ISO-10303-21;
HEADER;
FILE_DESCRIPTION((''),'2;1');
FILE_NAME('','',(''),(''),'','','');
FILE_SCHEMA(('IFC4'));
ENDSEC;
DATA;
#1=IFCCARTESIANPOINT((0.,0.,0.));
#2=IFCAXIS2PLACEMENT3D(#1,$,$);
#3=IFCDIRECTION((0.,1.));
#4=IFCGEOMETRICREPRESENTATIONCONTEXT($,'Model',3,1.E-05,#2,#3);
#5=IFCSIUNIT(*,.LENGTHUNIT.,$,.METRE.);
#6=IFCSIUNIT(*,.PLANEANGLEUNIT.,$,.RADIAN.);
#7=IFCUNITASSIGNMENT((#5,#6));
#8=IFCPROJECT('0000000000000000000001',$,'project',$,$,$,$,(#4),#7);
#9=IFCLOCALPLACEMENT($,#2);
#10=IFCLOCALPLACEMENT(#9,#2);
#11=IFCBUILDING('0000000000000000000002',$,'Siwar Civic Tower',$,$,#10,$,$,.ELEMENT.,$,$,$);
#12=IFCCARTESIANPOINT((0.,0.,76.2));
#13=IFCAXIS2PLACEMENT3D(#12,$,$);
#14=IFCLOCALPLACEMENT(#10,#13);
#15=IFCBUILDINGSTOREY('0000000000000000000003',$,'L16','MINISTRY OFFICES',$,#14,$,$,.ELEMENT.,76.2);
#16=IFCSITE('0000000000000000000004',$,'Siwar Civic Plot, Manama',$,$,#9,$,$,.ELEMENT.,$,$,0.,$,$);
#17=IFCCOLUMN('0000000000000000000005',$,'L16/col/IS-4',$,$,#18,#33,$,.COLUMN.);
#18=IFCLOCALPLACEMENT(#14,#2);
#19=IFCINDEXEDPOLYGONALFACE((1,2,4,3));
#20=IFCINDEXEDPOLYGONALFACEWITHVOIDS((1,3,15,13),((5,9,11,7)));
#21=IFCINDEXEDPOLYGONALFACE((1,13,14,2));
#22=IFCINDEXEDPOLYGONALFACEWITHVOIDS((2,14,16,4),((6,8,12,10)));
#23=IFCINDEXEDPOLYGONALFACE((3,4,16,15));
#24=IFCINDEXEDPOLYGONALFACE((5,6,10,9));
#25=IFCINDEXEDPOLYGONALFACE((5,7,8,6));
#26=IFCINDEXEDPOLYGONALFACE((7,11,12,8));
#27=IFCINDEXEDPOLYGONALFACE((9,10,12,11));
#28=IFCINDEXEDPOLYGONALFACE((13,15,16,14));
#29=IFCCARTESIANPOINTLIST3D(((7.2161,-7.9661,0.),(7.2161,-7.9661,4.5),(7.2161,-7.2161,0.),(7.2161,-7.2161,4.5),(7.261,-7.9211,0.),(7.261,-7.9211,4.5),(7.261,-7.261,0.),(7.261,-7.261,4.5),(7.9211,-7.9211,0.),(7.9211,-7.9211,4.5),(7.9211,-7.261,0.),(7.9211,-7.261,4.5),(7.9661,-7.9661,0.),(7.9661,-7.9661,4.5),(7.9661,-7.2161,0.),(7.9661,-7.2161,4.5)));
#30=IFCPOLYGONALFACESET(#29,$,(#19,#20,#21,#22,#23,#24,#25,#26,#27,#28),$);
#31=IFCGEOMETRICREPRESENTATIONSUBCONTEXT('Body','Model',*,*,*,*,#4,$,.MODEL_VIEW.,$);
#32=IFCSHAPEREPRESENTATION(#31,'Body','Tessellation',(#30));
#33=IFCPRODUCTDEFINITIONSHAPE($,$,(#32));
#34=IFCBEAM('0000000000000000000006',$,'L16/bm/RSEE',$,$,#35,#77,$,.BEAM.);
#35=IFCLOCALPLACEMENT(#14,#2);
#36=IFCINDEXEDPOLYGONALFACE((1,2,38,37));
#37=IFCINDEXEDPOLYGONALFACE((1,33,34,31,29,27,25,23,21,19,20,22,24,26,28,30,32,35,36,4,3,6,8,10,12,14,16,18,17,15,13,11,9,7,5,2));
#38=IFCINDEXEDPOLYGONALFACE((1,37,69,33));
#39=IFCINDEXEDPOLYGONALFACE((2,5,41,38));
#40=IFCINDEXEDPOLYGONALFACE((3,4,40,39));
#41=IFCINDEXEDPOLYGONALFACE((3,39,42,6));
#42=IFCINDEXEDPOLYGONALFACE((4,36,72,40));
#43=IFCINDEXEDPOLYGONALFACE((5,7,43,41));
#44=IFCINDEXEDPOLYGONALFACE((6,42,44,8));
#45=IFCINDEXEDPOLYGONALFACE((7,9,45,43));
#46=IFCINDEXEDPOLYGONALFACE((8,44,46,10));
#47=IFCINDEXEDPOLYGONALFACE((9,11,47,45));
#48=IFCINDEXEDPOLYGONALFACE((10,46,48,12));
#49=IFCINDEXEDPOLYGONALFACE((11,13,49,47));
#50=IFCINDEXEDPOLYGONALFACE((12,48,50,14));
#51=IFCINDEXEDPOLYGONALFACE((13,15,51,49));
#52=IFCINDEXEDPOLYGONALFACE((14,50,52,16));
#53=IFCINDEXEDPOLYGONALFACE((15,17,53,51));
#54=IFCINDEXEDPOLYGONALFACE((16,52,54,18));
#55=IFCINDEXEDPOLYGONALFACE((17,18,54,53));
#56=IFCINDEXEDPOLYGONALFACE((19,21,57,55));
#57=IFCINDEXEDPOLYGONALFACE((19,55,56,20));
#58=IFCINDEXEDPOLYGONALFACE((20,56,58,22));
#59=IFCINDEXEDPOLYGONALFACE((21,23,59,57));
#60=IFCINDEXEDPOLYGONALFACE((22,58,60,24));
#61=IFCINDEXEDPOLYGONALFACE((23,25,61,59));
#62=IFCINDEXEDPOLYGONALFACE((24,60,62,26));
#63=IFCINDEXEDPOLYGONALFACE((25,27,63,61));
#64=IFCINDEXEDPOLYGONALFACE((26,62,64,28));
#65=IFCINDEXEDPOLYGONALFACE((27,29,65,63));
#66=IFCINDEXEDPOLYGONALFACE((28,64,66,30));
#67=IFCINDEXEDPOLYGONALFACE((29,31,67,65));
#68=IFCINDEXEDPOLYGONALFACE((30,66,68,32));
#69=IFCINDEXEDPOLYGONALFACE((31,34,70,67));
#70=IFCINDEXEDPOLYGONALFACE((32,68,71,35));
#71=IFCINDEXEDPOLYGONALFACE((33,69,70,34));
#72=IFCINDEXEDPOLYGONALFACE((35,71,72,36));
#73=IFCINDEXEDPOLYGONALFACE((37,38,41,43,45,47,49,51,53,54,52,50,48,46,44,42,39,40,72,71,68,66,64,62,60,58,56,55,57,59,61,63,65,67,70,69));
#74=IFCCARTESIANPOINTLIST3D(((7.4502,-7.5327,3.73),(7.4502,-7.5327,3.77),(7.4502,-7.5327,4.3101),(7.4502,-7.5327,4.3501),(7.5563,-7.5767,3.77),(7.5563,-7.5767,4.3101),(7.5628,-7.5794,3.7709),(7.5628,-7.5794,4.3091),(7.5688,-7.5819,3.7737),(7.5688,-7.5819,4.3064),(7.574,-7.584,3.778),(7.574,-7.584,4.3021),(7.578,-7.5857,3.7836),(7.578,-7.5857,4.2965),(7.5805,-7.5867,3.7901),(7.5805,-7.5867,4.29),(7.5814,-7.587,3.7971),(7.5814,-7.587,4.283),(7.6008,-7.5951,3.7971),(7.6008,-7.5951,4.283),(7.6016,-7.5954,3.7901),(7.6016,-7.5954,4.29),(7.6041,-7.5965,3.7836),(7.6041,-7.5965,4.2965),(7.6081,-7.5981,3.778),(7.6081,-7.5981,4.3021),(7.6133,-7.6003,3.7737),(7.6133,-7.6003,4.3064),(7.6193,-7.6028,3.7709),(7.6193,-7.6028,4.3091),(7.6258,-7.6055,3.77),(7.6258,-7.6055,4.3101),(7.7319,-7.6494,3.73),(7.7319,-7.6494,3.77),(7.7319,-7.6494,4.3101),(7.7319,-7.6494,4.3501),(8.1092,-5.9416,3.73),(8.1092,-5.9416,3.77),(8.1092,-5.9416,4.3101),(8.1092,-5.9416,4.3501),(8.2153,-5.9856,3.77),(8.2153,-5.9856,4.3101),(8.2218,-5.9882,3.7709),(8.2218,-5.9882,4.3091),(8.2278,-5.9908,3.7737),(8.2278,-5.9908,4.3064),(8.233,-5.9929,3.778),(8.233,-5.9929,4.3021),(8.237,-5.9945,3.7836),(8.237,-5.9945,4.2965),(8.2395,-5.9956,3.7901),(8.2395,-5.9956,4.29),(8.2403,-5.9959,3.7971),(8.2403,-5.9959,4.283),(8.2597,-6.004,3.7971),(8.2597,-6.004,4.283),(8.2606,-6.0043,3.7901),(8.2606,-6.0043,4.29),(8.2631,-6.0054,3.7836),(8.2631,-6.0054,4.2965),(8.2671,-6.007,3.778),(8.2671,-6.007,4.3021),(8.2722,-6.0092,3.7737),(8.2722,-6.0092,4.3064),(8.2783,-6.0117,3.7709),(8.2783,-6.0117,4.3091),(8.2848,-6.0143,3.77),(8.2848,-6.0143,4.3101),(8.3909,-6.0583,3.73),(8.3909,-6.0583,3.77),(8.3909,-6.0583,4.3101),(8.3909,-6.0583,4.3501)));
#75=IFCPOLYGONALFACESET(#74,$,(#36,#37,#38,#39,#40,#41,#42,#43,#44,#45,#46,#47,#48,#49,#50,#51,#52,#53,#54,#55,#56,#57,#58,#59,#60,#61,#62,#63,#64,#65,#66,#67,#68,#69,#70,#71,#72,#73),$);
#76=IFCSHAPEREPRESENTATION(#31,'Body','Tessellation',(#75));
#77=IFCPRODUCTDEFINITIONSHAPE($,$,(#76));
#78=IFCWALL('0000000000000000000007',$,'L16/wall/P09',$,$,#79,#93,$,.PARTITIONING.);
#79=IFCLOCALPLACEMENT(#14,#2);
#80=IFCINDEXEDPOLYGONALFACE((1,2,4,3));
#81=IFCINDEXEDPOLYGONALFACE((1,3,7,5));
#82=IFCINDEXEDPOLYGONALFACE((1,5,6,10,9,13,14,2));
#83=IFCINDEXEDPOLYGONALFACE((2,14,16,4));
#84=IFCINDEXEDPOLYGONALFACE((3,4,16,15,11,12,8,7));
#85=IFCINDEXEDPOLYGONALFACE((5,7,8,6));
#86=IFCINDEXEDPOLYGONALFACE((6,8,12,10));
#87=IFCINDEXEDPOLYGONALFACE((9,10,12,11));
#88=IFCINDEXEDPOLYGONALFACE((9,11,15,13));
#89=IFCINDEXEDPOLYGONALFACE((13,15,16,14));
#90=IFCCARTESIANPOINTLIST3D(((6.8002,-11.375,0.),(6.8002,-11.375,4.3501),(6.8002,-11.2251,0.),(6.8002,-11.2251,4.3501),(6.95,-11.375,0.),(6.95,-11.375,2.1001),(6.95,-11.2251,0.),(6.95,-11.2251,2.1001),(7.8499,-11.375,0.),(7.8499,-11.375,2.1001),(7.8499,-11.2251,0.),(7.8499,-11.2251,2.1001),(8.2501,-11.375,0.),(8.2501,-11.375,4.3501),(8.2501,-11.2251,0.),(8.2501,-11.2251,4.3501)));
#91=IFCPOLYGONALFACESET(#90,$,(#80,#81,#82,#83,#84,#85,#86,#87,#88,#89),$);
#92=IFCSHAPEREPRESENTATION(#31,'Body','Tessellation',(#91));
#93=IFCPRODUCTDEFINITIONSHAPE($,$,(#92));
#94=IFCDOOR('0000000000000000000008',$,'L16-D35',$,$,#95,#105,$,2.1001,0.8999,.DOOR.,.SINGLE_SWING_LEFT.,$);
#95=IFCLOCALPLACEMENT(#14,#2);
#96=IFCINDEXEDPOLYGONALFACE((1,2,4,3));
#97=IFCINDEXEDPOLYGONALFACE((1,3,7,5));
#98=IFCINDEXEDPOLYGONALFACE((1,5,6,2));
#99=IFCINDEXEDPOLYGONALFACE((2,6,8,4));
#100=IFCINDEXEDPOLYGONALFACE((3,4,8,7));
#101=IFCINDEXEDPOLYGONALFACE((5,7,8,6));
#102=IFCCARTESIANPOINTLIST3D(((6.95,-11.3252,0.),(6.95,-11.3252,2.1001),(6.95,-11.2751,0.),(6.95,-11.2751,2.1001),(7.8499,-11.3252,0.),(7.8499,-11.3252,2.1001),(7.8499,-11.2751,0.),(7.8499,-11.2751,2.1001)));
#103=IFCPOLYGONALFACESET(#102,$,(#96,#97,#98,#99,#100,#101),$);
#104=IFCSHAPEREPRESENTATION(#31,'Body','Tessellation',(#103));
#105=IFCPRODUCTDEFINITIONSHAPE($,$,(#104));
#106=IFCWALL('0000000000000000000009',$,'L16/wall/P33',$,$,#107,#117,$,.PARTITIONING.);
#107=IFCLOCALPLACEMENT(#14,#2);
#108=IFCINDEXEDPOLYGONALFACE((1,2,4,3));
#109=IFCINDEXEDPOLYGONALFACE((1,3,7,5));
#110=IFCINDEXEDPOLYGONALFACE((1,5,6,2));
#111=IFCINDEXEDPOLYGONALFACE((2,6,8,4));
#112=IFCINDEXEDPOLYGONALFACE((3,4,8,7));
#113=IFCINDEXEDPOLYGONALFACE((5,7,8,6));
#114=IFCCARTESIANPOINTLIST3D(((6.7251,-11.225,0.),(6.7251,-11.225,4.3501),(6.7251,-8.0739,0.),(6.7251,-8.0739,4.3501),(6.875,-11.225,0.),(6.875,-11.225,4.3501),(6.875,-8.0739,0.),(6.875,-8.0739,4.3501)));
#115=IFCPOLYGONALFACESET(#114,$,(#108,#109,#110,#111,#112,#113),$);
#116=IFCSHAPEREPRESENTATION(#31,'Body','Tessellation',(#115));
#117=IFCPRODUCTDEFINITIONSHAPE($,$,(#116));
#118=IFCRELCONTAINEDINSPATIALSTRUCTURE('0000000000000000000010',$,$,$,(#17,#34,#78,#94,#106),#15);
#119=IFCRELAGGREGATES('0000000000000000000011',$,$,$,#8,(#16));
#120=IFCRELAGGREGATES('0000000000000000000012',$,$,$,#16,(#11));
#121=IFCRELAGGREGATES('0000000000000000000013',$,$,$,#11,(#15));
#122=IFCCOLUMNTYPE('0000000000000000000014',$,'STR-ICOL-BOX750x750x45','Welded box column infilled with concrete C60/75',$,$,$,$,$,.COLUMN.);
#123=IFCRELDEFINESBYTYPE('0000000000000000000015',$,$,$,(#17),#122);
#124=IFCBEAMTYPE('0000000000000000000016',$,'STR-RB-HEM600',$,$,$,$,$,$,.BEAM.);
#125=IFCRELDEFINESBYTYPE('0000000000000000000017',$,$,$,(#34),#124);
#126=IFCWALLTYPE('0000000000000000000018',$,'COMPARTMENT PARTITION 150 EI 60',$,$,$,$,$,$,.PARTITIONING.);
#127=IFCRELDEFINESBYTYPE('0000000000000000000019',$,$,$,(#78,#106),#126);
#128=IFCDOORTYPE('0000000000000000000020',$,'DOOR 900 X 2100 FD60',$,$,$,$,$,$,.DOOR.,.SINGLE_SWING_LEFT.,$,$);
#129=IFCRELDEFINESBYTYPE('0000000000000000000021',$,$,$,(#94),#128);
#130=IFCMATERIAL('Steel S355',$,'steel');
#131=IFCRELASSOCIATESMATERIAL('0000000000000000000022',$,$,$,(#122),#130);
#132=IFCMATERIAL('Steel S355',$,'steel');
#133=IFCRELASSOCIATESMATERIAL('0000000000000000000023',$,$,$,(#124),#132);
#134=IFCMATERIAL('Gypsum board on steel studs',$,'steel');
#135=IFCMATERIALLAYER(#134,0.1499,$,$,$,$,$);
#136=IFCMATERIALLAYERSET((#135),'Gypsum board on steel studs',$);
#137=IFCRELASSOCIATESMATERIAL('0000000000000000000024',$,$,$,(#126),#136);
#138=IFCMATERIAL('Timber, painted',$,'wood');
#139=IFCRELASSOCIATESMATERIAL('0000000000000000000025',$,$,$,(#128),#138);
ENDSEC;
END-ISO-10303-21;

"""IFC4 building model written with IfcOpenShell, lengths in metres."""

from ifc_helpers import new_model, si_unit, direction, frame, frame_2d, origin, origin_2d, place, context, subcontext, project, spatial, rectangle, hollow_rectangle, i_section, extrude, material, layer, layer_set, material_profile, profile_set, type_object, element, fill, save


model = new_model("IFC4")

# Units and contexts
model_context = context("Model", 3, precision=1e-05, world=origin(), true_north=direction((0.0, 1.0)))
body_context = subcontext(model_context, "Body", "Model", "MODEL_VIEW")
ifc_project = project(units=[si_unit("LENGTHUNIT", "METRE"), si_unit("PLANEANGLEUNIT", "RADIAN")], contexts=[model_context])

# Site, building, storey
site_placement = place(None, origin())
site = spatial("IfcSite", under=ifc_project, at=site_placement, Name="Siwar Civic Plot, Manama", CompositionType="ELEMENT", RefElevation=0.0)
building_placement = place(site_placement, origin())
building = spatial("IfcBuilding", under=site, at=building_placement, Name="Siwar Civic Tower", CompositionType="ELEMENT")
storey_placement = place(building_placement, frame((0.0, 0.0, 76.2)))
storey = spatial("IfcBuildingStorey", under=building, at=storey_placement, Name="L16", Description="MINISTRY OFFICES", CompositionType="ELEMENT", Elevation=76.2)

# Column
ifc_material_1 = material(Name="Steel S355", Category="steel")
ifc_material_profile_1 = material_profile(ifc_material_1, hollow_rectangle(XDim=0.75, YDim=0.75, WallThickness=0.0449, at=origin_2d()), Name="BOX750x750x45")
ifc_profile_set_1 = profile_set([ifc_material_profile_1], Name="Steel S355")
column_type = type_object("IfcColumnType", Name="STR-ICOL-BOX750x750x45", Description="Welded box column infilled with concrete C60/75", PredefinedType="COLUMN", material=ifc_profile_set_1)
column_placement = place(storey_placement, frame((7.5911, -7.5911, 0.0), z_axis=(0.0, 0.0, 1.0), x_axis=(1.0, 0.0, 0.0)))
element("IfcColumn", 1, at=column_placement, inside=storey, type_object=column_type, Name="L16/col/IS-4", PredefinedType="COLUMN", context=body_context, shape_type="SweptSolid", body=[
    extrude(hollow_rectangle(XDim=0.75, YDim=0.75, WallThickness=0.0449, at=origin_2d()), origin(), (0.0, 0.0, 1.0), 4.5),
])

# Beam
ifc_material_2 = material(Name="Steel S355", Category="steel")
ifc_material_profile_2 = material_profile(ifc_material_2, i_section(OverallWidth=0.3049, OverallDepth=0.6201, WebThickness=0.021, FlangeThickness=0.04, FilletRadius=0.0271, at=origin_2d()), Name="HEM600")
ifc_profile_set_2 = profile_set([ifc_material_profile_2], Name="Steel S355")
beam_type = type_object("IfcBeamType", Name="STR-RB-HEM600", PredefinedType="BEAM", material=ifc_profile_set_2)
beam_placement = place(storey_placement, frame((7.5911, -7.5911, 4.04), z_axis=(0.382631, 0.923901, 0.0), x_axis=(-0.923901, 0.382631, 0.0)))
element("IfcBeam", 2, at=beam_placement, inside=storey, type_object=beam_type, Name="L16/bm/RSEE", PredefinedType="BEAM", context=body_context, shape_type="SweptSolid", body=[
    extrude(i_section(OverallWidth=0.3049, OverallDepth=0.6201, WebThickness=0.021, FlangeThickness=0.04, FilletRadius=0.0271, at=origin_2d()), origin(), (0.0, 0.0, 1.0), 1.7222),
])

# Wall, opening, door
ifc_material_3 = material(Name="Gypsum board on steel studs", Category="steel")
ifc_layer_1 = layer(ifc_material_3, 0.1499)
ifc_layer_set_1 = layer_set([ifc_layer_1], Name="Gypsum board on steel studs")
wall_type_1 = type_object("IfcWallType", Name="COMPARTMENT PARTITION 150 EI 60", PredefinedType="PARTITIONING", material=ifc_layer_set_1)
wall_1_placement = place(storey_placement, frame((6.8, -11.3, 0.0), z_axis=(0.0, 0.0, 1.0), x_axis=(1.0, 0.0, 0.0)))
wall_1 = element("IfcWall", 3, at=wall_1_placement, inside=storey, type_object=wall_type_1, Name="L16/wall/P09", PredefinedType="PARTITIONING", context=body_context, shape_type="SweptSolid", body=[
    extrude(rectangle(XDim=1.45, YDim=0.1499, at=frame_2d((0.7251, 0.0))), origin(), (0.0, 0.0, 1.0), 4.3501),
])
opening_1_placement = place(wall_1_placement, frame((0.1499, 0.0, 0.0)))
opening_1 = element("IfcOpeningElement", 4, at=opening_1_placement, cuts=wall_1, PredefinedType="OPENING", context=body_context, shape_type="SweptSolid", body=[
    extrude(rectangle(XDim=0.8999, YDim=2.1001, at=frame_2d((0.45, 1.05))), frame((0.0, 0.085, 0.0), z_axis=(0.0, -1.0, 0.0), x_axis=(1.0, 0.0, 0.0)), (0.0, 0.0, 1.0), 0.1699),
])
ifc_material_4 = material(Name="Timber, painted", Category="wood")
door_type_1 = type_object("IfcDoorType", Name="DOOR 900 X 2100 FD60", OperationType="SINGLE_SWING_LEFT", PredefinedType="DOOR", material=ifc_material_4)
door_1_placement = place(opening_1_placement, origin())
door_1 = element("IfcDoor", 5, at=door_1_placement, inside=storey, type_object=door_type_1, Name="L16-D35", OperationType="SINGLE_SWING_LEFT", OverallHeight=2.1001, OverallWidth=0.8999, PredefinedType="DOOR", context=body_context, shape_type="SweptSolid", body=[
    extrude(rectangle(XDim=0.8999, YDim=2.1001, at=frame_2d((0.45, 1.05))), frame((0.0, 0.0249, 0.0), z_axis=(0.0, -1.0, 0.0), x_axis=(1.0, 0.0, 0.0)), (0.0, 0.0, 1.0), 0.05),
])
fill(opening_1, door_1)

# Wall
wall_2_placement = place(storey_placement, frame((6.8, -11.2251, 0.0), z_axis=(0.0, 0.0, 1.0), x_axis=(0.0, 1.0, 0.0)))
element("IfcWall", 6, at=wall_2_placement, inside=storey, type_object=wall_type_1, Name="L16/wall/P33", PredefinedType="PARTITIONING", context=body_context, shape_type="SweptSolid", body=[
    extrude(rectangle(XDim=3.1511, YDim=0.1499, at=frame_2d((1.5757, 0.0))), origin(), (0.0, 0.0, 1.0), 4.3501),
])

save(model, "model.ifc")
